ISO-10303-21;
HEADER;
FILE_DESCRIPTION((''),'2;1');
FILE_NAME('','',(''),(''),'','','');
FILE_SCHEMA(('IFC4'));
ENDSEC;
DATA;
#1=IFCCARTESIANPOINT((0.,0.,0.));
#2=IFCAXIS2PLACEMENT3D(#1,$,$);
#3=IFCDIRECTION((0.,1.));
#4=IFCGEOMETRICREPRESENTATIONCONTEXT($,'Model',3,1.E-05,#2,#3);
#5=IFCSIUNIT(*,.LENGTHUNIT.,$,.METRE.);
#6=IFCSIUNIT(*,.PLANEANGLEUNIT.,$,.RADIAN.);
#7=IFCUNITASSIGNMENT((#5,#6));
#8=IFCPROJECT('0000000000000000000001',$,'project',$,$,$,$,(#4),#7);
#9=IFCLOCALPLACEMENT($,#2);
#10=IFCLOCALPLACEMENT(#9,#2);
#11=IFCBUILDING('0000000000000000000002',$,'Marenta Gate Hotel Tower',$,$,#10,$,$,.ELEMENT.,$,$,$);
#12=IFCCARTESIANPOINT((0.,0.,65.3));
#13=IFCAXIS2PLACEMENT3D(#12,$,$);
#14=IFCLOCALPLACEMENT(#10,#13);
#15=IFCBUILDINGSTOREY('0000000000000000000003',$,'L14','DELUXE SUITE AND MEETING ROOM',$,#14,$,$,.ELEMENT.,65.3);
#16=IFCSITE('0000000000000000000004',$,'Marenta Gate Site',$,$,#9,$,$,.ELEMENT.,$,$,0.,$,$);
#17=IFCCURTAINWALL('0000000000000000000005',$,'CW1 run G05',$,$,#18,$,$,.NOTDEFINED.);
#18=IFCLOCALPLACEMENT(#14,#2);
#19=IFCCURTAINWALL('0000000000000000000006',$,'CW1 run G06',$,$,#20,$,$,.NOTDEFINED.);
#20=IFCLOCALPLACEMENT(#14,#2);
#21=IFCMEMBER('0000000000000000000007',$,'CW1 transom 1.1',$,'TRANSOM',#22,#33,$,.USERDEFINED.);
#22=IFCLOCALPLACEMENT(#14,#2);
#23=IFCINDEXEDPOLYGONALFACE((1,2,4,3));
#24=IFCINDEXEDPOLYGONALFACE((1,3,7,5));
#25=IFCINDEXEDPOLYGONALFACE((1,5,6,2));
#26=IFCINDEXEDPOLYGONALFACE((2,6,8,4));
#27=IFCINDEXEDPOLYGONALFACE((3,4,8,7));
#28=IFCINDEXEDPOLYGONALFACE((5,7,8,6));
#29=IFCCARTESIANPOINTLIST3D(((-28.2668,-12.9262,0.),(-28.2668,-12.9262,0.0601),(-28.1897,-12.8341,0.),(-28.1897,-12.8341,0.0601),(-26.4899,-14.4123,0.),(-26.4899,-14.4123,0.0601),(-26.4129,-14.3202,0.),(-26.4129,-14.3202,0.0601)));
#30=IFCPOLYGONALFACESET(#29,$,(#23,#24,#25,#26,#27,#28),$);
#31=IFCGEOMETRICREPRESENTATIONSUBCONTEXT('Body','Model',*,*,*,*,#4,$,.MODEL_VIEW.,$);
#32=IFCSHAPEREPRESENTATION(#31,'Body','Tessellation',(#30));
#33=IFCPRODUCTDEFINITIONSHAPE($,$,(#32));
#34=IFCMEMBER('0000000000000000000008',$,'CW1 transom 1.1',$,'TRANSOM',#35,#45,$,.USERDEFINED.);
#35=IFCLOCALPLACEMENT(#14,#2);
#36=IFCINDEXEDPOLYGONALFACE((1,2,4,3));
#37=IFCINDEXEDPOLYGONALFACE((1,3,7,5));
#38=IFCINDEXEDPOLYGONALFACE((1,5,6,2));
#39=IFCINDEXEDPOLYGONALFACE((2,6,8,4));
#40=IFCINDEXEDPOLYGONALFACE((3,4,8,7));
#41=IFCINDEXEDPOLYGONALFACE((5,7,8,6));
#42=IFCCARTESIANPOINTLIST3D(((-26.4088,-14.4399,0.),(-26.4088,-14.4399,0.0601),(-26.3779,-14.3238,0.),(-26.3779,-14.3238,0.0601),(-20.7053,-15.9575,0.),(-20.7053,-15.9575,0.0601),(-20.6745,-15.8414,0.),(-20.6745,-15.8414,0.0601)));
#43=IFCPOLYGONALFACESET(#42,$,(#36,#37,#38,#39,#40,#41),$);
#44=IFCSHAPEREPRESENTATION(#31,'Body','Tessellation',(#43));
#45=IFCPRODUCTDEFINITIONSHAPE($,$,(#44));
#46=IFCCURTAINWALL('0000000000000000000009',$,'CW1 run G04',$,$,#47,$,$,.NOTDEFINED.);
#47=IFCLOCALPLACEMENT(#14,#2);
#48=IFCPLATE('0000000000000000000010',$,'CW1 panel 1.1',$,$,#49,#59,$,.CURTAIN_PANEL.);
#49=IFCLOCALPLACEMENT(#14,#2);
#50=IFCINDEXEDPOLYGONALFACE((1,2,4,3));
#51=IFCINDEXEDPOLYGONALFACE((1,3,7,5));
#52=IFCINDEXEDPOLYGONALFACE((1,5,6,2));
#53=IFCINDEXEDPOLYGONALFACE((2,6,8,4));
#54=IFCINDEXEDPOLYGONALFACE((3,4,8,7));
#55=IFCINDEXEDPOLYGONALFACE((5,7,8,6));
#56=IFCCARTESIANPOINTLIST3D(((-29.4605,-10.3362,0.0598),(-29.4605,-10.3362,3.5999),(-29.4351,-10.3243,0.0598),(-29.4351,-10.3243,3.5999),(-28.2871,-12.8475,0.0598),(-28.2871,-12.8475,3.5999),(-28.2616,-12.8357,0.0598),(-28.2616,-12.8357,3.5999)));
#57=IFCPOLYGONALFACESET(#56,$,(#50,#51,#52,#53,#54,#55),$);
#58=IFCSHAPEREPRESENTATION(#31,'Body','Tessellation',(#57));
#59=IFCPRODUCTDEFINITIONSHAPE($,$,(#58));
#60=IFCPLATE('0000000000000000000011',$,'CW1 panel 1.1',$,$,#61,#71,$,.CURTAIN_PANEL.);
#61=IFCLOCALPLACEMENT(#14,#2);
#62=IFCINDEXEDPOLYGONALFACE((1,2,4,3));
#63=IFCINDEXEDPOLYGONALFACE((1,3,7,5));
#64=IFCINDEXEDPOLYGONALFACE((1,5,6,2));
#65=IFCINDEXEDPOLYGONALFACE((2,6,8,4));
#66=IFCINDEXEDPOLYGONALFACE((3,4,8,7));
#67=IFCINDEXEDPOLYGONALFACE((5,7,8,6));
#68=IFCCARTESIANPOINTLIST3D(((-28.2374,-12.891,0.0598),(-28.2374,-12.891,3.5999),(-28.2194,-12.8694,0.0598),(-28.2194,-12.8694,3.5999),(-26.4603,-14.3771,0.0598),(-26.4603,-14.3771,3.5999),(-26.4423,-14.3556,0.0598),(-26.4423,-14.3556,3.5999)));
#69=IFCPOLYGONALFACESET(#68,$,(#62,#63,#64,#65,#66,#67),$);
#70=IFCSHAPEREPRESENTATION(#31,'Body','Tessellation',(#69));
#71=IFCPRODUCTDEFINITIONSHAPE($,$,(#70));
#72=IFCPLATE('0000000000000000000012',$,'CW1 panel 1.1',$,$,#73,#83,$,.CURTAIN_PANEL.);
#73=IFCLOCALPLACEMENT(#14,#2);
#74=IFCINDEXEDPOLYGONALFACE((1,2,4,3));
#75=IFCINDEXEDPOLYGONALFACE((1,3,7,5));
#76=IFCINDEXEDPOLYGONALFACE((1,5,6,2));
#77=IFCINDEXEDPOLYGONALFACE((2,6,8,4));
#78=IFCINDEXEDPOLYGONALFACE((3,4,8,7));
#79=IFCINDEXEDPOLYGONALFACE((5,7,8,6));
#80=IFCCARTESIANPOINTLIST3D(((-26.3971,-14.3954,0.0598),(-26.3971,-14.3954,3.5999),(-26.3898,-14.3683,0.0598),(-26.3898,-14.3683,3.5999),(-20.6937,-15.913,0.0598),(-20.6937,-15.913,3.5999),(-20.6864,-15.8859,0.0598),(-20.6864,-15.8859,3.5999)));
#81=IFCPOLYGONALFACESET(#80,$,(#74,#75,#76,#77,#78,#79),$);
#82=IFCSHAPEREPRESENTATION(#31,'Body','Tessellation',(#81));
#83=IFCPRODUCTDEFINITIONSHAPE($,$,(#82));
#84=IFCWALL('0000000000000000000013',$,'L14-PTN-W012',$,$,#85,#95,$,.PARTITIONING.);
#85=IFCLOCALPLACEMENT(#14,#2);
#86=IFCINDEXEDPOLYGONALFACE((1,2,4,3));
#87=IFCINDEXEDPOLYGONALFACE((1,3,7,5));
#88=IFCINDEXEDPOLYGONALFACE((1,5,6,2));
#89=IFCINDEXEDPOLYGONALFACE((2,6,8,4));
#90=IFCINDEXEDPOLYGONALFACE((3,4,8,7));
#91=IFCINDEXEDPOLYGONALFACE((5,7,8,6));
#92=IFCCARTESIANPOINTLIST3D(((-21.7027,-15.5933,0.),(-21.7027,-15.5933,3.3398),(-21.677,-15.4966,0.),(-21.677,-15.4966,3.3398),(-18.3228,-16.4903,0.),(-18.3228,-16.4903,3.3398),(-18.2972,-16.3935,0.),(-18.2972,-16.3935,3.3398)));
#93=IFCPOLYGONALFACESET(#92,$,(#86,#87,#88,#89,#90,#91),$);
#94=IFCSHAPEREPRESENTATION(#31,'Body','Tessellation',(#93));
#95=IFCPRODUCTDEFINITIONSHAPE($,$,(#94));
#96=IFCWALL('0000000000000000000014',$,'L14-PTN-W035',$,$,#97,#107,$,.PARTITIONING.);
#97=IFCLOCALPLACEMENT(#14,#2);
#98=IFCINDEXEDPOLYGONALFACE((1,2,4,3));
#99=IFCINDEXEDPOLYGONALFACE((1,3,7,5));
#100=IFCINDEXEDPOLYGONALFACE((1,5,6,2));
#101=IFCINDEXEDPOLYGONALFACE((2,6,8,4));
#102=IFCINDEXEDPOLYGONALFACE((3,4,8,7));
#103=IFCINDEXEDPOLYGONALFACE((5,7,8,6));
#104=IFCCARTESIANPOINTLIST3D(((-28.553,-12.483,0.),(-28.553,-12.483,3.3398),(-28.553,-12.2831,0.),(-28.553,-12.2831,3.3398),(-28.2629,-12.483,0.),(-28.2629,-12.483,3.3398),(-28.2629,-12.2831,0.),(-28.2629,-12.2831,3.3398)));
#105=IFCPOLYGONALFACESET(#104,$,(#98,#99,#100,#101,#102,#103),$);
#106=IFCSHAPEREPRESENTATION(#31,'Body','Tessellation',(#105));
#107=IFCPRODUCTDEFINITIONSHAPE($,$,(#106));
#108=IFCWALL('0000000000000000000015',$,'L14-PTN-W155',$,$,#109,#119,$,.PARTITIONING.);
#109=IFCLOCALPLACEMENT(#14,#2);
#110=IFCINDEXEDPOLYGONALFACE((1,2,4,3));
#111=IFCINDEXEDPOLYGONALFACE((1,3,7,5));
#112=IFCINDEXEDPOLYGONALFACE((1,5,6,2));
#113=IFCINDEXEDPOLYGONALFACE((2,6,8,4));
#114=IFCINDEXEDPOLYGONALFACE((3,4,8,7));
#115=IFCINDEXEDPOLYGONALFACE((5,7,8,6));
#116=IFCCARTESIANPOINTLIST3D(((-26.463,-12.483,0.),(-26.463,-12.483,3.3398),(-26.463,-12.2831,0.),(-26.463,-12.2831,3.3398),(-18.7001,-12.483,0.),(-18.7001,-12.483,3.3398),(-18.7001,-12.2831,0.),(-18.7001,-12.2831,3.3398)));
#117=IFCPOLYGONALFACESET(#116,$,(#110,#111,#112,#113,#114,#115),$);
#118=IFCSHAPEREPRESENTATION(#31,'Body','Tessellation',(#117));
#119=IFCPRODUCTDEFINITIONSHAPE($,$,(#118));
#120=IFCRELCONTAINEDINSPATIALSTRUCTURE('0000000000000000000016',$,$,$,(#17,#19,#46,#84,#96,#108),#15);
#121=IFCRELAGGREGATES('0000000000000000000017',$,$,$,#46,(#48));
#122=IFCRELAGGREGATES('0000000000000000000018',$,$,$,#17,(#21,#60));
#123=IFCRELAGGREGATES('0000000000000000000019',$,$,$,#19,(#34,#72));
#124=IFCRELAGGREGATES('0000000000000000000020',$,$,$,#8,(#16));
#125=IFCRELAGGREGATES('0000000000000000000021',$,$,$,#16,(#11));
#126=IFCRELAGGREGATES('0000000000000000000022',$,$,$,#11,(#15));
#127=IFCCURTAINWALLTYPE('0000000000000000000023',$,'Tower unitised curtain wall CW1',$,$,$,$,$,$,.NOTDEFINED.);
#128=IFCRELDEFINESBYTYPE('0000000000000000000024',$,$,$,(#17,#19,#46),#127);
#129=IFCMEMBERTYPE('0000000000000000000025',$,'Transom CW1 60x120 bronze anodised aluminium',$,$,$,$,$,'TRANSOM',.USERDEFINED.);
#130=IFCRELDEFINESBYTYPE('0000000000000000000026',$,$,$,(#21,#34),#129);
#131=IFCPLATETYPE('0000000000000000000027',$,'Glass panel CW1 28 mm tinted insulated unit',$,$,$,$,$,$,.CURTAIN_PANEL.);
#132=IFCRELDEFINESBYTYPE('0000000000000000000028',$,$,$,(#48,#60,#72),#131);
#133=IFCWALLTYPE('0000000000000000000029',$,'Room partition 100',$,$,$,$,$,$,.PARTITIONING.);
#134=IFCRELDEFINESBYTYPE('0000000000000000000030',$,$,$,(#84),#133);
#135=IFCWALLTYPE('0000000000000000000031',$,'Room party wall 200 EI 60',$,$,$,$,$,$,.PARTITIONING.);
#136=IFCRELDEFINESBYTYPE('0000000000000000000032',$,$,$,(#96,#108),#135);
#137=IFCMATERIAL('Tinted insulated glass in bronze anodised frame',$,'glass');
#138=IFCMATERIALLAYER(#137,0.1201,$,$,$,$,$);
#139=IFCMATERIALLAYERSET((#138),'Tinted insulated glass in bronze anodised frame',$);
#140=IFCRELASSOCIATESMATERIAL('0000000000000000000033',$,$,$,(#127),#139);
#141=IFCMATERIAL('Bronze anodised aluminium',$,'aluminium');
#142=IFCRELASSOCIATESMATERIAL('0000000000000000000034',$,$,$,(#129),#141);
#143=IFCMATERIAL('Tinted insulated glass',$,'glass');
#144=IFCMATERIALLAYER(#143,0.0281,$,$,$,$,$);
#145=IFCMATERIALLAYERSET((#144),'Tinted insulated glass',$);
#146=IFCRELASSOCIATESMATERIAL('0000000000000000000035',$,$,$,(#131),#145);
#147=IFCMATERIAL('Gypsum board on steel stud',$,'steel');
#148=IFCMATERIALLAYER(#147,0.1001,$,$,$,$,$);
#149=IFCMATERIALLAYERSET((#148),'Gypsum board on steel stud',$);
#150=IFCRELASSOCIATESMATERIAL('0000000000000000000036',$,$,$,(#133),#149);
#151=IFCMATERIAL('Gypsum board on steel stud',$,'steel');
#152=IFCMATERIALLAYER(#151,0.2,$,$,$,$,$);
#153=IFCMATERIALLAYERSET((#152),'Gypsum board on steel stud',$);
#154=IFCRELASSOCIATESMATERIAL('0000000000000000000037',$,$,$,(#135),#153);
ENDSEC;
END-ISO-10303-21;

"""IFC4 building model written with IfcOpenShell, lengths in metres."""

from ifc_helpers import new_model, si_unit, direction, frame, frame_2d, origin, origin_2d, place, context, subcontext, project, spatial, rectangle, extrude, material, layer, layer_set, material_profile, profile_set, type_object, element, aggregate, save


model = new_model("IFC4")

# Units and contexts
model_context = context("Model", 3, precision=1e-05, world=origin(), true_north=direction((0.0, 1.0)))
body_context = subcontext(model_context, "Body", "Model", "MODEL_VIEW")
ifc_project = project(units=[si_unit("LENGTHUNIT", "METRE"), si_unit("PLANEANGLEUNIT", "RADIAN")], contexts=[model_context])

# Site, building, storey
site_placement = place(None, origin())
site = spatial("IfcSite", under=ifc_project, at=site_placement, Name="Marenta Gate Site", CompositionType="ELEMENT", RefElevation=0.0)
building_placement = place(site_placement, origin())
building = spatial("IfcBuilding", under=site, at=building_placement, Name="Marenta Gate Hotel Tower", CompositionType="ELEMENT")
storey_placement = place(building_placement, frame((0.0, 0.0, 65.3)))
storey = spatial("IfcBuildingStorey", under=building, at=storey_placement, Name="L14", Description="DELUXE SUITE AND MEETING ROOM", CompositionType="ELEMENT", Elevation=65.3)

# Curtain walls
ifc_material_1 = material(Name="Tinted insulated glass in bronze anodised frame", Category="glass")
ifc_layer_1 = layer(ifc_material_1, 0.1201)
ifc_layer_set_1 = layer_set([ifc_layer_1], Name="Tinted insulated glass in bronze anodised frame")
curtain_wall_type = type_object("IfcCurtainWallType", Name="Tower unitised curtain wall CW1", PredefinedType="NOTDEFINED", material=ifc_layer_set_1)
curtain_wall_1_placement = place(storey_placement, origin())
curtain_wall_1 = element("IfcCurtainWall", 1, at=curtain_wall_1_placement, inside=storey, type_object=curtain_wall_type, Name="CW1 run G05", PredefinedType="NOTDEFINED")
curtain_wall_2_placement = place(storey_placement, origin())
curtain_wall_2 = element("IfcCurtainWall", 2, at=curtain_wall_2_placement, inside=storey, type_object=curtain_wall_type, Name="CW1 run G06", PredefinedType="NOTDEFINED")

# Members
ifc_material_2 = material(Name="Bronze anodised aluminium", Category="aluminium")
ifc_material_profile_1 = material_profile(ifc_material_2, rectangle(XDim=0.1201, YDim=0.0601, at=origin_2d()), Name="Transom CW1 60x120 bronze anodised aluminium")
ifc_profile_set_1 = profile_set([ifc_material_profile_1], Name="Bronze anodised aluminium")
member_type_1 = type_object("IfcMemberType", Name="Transom CW1 60x120 bronze anodised aluminium", ElementType="TRANSOM", PredefinedType="USERDEFINED", material=ifc_profile_set_1)
member_1_placement = place(storey_placement, frame((-28.2283, -12.8801, 0.03), z_axis=(0.76708, -0.641552, 0.0), x_axis=(0.641552, 0.76708, 0.0)))
member_1 = element("IfcMember", 3, at=member_1_placement, type_object=member_type_1, Name="CW1 transom 1.1", ObjectType="TRANSOM", PredefinedType="USERDEFINED", context=body_context, shape_type="SweptSolid", body=[
    extrude(rectangle(XDim=0.1201, YDim=0.0601, at=origin_2d()), origin(), (0.0, 0.0, 1.0), 2.3164),
])
member_2_placement = place(storey_placement, frame((-26.3933, -14.3818, 0.03), z_axis=(0.966375, -0.257137, 0.0), x_axis=(0.257137, 0.966375, 0.0)))
member_2 = element("IfcMember", 4, at=member_2_placement, type_object=member_type_1, Name="CW1 transom 1.1", ObjectType="TRANSOM", PredefinedType="USERDEFINED", context=body_context, shape_type="SweptSolid", body=[
    extrude(rectangle(XDim=0.1201, YDim=0.0601, at=origin_2d()), origin(), (0.0, 0.0, 1.0), 5.9019),
])

# Curtain wall, plate
curtain_wall_3_placement = place(storey_placement, origin())
curtain_wall_3 = element("IfcCurtainWall", 5, at=curtain_wall_3_placement, inside=storey, type_object=curtain_wall_type, Name="CW1 run G04", PredefinedType="NOTDEFINED")
ifc_material_3 = material(Name="Tinted insulated glass", Category="glass")
ifc_layer_2 = layer(ifc_material_3, 0.0281)
ifc_layer_set_2 = layer_set([ifc_layer_2], Name="Tinted insulated glass")
plate_type = type_object("IfcPlateType", Name="Glass panel CW1 28 mm tinted insulated unit", PredefinedType="CURTAIN_PANEL", material=ifc_layer_set_2)
plate_1_placement = place(storey_placement, frame((-28.8611, -11.5859, 0.0598), z_axis=(0.0, 0.0, 1.0), x_axis=(0.423342, -0.90597, 0.0)))
plate_1 = element("IfcPlate", 6, at=plate_1_placement, type_object=plate_type, Name="CW1 panel 1.1", PredefinedType="CURTAIN_PANEL", context=body_context, shape_type="SweptSolid", body=[
    extrude(rectangle(XDim=2.772, YDim=0.0281, at=origin_2d()), origin(), (0.0, 0.0, 1.0), 3.54),
])
aggregate(curtain_wall_3, [plate_1])

# Plates
plate_2_placement = place(storey_placement, frame((-27.3398, -13.6233, 0.0598), z_axis=(0.0, 0.0, 1.0), x_axis=(0.767113, -0.641512, 0.0)))
plate_2 = element("IfcPlate", 7, at=plate_2_placement, type_object=plate_type, Name="CW1 panel 1.1", PredefinedType="CURTAIN_PANEL", context=body_context, shape_type="SweptSolid", body=[
    extrude(rectangle(XDim=2.3167, YDim=0.0281, at=origin_2d()), origin(), (0.0, 0.0, 1.0), 3.54),
])
aggregate(curtain_wall_1, [member_1, plate_2])
plate_3_placement = place(storey_placement, frame((-23.5417, -15.1406, 0.0598), z_axis=(0.0, 0.0, 1.0), x_axis=(0.966374, -0.257142, 0.0)))
plate_3 = element("IfcPlate", 8, at=plate_3_placement, type_object=plate_type, Name="CW1 panel 1.1", PredefinedType="CURTAIN_PANEL", context=body_context, shape_type="SweptSolid", body=[
    extrude(rectangle(XDim=5.9019, YDim=0.0281, at=origin_2d()), origin(), (0.0, 0.0, 1.0), 3.54),
])
aggregate(curtain_wall_2, [member_2, plate_3])

# Walls
ifc_material_4 = material(Name="Gypsum board on steel stud", Category="steel")
ifc_layer_3 = layer(ifc_material_4, 0.1001)
ifc_layer_set_3 = layer_set([ifc_layer_3], Name="Gypsum board on steel stud")
wall_type_1 = type_object("IfcWallType", Name="Room partition 100", PredefinedType="PARTITIONING", material=ifc_layer_set_3)
wall_1_placement = place(storey_placement, frame((-21.6899, -15.5449, 0.0), z_axis=(0.0, 0.0, 1.0), x_axis=(0.966542, -0.256507, 0.0)))
element("IfcWall", 9, at=wall_1_placement, inside=storey, type_object=wall_type_1, Name="L14-PTN-W012", PredefinedType="PARTITIONING", context=body_context, shape_type="SweptSolid", body=[
    extrude(rectangle(XDim=3.4968, YDim=0.1001, at=frame_2d((1.7485, 0.0))), origin(), (0.0, 0.0, 1.0), 3.3398),
])
ifc_material_5 = material(Name="Gypsum board on steel stud", Category="steel")
ifc_layer_4 = layer(ifc_material_5, 0.2)
ifc_layer_set_4 = layer_set([ifc_layer_4], Name="Gypsum board on steel stud")
wall_type_2 = type_object("IfcWallType", Name="Room party wall 200 EI 60", PredefinedType="PARTITIONING", material=ifc_layer_set_4)
wall_2_placement = place(storey_placement, frame((-28.553, -12.3831, 0.0), z_axis=(0.0, 0.0, 1.0), x_axis=(1.0, 0.0, 0.0)))
element("IfcWall", 10, at=wall_2_placement, inside=storey, type_object=wall_type_2, Name="L14-PTN-W035", PredefinedType="PARTITIONING", context=body_context, shape_type="SweptSolid", body=[
    extrude(rectangle(XDim=0.29, YDim=0.2, at=frame_2d((0.145, 0.0))), origin(), (0.0, 0.0, 1.0), 3.3398),
])
wall_3_placement = place(storey_placement, frame((-26.4629, -12.3831, 0.0), z_axis=(0.0, 0.0, 1.0), x_axis=(1.0, 0.0, 0.0)))
element("IfcWall", 11, at=wall_3_placement, inside=storey, type_object=wall_type_2, Name="L14-PTN-W155", PredefinedType="PARTITIONING", context=body_context, shape_type="SweptSolid", body=[
    extrude(rectangle(XDim=7.7629, YDim=0.2, at=frame_2d((3.8813, 0.0))), origin(), (0.0, 0.0, 1.0), 3.3398),
])

save(model, "model.ifc")
